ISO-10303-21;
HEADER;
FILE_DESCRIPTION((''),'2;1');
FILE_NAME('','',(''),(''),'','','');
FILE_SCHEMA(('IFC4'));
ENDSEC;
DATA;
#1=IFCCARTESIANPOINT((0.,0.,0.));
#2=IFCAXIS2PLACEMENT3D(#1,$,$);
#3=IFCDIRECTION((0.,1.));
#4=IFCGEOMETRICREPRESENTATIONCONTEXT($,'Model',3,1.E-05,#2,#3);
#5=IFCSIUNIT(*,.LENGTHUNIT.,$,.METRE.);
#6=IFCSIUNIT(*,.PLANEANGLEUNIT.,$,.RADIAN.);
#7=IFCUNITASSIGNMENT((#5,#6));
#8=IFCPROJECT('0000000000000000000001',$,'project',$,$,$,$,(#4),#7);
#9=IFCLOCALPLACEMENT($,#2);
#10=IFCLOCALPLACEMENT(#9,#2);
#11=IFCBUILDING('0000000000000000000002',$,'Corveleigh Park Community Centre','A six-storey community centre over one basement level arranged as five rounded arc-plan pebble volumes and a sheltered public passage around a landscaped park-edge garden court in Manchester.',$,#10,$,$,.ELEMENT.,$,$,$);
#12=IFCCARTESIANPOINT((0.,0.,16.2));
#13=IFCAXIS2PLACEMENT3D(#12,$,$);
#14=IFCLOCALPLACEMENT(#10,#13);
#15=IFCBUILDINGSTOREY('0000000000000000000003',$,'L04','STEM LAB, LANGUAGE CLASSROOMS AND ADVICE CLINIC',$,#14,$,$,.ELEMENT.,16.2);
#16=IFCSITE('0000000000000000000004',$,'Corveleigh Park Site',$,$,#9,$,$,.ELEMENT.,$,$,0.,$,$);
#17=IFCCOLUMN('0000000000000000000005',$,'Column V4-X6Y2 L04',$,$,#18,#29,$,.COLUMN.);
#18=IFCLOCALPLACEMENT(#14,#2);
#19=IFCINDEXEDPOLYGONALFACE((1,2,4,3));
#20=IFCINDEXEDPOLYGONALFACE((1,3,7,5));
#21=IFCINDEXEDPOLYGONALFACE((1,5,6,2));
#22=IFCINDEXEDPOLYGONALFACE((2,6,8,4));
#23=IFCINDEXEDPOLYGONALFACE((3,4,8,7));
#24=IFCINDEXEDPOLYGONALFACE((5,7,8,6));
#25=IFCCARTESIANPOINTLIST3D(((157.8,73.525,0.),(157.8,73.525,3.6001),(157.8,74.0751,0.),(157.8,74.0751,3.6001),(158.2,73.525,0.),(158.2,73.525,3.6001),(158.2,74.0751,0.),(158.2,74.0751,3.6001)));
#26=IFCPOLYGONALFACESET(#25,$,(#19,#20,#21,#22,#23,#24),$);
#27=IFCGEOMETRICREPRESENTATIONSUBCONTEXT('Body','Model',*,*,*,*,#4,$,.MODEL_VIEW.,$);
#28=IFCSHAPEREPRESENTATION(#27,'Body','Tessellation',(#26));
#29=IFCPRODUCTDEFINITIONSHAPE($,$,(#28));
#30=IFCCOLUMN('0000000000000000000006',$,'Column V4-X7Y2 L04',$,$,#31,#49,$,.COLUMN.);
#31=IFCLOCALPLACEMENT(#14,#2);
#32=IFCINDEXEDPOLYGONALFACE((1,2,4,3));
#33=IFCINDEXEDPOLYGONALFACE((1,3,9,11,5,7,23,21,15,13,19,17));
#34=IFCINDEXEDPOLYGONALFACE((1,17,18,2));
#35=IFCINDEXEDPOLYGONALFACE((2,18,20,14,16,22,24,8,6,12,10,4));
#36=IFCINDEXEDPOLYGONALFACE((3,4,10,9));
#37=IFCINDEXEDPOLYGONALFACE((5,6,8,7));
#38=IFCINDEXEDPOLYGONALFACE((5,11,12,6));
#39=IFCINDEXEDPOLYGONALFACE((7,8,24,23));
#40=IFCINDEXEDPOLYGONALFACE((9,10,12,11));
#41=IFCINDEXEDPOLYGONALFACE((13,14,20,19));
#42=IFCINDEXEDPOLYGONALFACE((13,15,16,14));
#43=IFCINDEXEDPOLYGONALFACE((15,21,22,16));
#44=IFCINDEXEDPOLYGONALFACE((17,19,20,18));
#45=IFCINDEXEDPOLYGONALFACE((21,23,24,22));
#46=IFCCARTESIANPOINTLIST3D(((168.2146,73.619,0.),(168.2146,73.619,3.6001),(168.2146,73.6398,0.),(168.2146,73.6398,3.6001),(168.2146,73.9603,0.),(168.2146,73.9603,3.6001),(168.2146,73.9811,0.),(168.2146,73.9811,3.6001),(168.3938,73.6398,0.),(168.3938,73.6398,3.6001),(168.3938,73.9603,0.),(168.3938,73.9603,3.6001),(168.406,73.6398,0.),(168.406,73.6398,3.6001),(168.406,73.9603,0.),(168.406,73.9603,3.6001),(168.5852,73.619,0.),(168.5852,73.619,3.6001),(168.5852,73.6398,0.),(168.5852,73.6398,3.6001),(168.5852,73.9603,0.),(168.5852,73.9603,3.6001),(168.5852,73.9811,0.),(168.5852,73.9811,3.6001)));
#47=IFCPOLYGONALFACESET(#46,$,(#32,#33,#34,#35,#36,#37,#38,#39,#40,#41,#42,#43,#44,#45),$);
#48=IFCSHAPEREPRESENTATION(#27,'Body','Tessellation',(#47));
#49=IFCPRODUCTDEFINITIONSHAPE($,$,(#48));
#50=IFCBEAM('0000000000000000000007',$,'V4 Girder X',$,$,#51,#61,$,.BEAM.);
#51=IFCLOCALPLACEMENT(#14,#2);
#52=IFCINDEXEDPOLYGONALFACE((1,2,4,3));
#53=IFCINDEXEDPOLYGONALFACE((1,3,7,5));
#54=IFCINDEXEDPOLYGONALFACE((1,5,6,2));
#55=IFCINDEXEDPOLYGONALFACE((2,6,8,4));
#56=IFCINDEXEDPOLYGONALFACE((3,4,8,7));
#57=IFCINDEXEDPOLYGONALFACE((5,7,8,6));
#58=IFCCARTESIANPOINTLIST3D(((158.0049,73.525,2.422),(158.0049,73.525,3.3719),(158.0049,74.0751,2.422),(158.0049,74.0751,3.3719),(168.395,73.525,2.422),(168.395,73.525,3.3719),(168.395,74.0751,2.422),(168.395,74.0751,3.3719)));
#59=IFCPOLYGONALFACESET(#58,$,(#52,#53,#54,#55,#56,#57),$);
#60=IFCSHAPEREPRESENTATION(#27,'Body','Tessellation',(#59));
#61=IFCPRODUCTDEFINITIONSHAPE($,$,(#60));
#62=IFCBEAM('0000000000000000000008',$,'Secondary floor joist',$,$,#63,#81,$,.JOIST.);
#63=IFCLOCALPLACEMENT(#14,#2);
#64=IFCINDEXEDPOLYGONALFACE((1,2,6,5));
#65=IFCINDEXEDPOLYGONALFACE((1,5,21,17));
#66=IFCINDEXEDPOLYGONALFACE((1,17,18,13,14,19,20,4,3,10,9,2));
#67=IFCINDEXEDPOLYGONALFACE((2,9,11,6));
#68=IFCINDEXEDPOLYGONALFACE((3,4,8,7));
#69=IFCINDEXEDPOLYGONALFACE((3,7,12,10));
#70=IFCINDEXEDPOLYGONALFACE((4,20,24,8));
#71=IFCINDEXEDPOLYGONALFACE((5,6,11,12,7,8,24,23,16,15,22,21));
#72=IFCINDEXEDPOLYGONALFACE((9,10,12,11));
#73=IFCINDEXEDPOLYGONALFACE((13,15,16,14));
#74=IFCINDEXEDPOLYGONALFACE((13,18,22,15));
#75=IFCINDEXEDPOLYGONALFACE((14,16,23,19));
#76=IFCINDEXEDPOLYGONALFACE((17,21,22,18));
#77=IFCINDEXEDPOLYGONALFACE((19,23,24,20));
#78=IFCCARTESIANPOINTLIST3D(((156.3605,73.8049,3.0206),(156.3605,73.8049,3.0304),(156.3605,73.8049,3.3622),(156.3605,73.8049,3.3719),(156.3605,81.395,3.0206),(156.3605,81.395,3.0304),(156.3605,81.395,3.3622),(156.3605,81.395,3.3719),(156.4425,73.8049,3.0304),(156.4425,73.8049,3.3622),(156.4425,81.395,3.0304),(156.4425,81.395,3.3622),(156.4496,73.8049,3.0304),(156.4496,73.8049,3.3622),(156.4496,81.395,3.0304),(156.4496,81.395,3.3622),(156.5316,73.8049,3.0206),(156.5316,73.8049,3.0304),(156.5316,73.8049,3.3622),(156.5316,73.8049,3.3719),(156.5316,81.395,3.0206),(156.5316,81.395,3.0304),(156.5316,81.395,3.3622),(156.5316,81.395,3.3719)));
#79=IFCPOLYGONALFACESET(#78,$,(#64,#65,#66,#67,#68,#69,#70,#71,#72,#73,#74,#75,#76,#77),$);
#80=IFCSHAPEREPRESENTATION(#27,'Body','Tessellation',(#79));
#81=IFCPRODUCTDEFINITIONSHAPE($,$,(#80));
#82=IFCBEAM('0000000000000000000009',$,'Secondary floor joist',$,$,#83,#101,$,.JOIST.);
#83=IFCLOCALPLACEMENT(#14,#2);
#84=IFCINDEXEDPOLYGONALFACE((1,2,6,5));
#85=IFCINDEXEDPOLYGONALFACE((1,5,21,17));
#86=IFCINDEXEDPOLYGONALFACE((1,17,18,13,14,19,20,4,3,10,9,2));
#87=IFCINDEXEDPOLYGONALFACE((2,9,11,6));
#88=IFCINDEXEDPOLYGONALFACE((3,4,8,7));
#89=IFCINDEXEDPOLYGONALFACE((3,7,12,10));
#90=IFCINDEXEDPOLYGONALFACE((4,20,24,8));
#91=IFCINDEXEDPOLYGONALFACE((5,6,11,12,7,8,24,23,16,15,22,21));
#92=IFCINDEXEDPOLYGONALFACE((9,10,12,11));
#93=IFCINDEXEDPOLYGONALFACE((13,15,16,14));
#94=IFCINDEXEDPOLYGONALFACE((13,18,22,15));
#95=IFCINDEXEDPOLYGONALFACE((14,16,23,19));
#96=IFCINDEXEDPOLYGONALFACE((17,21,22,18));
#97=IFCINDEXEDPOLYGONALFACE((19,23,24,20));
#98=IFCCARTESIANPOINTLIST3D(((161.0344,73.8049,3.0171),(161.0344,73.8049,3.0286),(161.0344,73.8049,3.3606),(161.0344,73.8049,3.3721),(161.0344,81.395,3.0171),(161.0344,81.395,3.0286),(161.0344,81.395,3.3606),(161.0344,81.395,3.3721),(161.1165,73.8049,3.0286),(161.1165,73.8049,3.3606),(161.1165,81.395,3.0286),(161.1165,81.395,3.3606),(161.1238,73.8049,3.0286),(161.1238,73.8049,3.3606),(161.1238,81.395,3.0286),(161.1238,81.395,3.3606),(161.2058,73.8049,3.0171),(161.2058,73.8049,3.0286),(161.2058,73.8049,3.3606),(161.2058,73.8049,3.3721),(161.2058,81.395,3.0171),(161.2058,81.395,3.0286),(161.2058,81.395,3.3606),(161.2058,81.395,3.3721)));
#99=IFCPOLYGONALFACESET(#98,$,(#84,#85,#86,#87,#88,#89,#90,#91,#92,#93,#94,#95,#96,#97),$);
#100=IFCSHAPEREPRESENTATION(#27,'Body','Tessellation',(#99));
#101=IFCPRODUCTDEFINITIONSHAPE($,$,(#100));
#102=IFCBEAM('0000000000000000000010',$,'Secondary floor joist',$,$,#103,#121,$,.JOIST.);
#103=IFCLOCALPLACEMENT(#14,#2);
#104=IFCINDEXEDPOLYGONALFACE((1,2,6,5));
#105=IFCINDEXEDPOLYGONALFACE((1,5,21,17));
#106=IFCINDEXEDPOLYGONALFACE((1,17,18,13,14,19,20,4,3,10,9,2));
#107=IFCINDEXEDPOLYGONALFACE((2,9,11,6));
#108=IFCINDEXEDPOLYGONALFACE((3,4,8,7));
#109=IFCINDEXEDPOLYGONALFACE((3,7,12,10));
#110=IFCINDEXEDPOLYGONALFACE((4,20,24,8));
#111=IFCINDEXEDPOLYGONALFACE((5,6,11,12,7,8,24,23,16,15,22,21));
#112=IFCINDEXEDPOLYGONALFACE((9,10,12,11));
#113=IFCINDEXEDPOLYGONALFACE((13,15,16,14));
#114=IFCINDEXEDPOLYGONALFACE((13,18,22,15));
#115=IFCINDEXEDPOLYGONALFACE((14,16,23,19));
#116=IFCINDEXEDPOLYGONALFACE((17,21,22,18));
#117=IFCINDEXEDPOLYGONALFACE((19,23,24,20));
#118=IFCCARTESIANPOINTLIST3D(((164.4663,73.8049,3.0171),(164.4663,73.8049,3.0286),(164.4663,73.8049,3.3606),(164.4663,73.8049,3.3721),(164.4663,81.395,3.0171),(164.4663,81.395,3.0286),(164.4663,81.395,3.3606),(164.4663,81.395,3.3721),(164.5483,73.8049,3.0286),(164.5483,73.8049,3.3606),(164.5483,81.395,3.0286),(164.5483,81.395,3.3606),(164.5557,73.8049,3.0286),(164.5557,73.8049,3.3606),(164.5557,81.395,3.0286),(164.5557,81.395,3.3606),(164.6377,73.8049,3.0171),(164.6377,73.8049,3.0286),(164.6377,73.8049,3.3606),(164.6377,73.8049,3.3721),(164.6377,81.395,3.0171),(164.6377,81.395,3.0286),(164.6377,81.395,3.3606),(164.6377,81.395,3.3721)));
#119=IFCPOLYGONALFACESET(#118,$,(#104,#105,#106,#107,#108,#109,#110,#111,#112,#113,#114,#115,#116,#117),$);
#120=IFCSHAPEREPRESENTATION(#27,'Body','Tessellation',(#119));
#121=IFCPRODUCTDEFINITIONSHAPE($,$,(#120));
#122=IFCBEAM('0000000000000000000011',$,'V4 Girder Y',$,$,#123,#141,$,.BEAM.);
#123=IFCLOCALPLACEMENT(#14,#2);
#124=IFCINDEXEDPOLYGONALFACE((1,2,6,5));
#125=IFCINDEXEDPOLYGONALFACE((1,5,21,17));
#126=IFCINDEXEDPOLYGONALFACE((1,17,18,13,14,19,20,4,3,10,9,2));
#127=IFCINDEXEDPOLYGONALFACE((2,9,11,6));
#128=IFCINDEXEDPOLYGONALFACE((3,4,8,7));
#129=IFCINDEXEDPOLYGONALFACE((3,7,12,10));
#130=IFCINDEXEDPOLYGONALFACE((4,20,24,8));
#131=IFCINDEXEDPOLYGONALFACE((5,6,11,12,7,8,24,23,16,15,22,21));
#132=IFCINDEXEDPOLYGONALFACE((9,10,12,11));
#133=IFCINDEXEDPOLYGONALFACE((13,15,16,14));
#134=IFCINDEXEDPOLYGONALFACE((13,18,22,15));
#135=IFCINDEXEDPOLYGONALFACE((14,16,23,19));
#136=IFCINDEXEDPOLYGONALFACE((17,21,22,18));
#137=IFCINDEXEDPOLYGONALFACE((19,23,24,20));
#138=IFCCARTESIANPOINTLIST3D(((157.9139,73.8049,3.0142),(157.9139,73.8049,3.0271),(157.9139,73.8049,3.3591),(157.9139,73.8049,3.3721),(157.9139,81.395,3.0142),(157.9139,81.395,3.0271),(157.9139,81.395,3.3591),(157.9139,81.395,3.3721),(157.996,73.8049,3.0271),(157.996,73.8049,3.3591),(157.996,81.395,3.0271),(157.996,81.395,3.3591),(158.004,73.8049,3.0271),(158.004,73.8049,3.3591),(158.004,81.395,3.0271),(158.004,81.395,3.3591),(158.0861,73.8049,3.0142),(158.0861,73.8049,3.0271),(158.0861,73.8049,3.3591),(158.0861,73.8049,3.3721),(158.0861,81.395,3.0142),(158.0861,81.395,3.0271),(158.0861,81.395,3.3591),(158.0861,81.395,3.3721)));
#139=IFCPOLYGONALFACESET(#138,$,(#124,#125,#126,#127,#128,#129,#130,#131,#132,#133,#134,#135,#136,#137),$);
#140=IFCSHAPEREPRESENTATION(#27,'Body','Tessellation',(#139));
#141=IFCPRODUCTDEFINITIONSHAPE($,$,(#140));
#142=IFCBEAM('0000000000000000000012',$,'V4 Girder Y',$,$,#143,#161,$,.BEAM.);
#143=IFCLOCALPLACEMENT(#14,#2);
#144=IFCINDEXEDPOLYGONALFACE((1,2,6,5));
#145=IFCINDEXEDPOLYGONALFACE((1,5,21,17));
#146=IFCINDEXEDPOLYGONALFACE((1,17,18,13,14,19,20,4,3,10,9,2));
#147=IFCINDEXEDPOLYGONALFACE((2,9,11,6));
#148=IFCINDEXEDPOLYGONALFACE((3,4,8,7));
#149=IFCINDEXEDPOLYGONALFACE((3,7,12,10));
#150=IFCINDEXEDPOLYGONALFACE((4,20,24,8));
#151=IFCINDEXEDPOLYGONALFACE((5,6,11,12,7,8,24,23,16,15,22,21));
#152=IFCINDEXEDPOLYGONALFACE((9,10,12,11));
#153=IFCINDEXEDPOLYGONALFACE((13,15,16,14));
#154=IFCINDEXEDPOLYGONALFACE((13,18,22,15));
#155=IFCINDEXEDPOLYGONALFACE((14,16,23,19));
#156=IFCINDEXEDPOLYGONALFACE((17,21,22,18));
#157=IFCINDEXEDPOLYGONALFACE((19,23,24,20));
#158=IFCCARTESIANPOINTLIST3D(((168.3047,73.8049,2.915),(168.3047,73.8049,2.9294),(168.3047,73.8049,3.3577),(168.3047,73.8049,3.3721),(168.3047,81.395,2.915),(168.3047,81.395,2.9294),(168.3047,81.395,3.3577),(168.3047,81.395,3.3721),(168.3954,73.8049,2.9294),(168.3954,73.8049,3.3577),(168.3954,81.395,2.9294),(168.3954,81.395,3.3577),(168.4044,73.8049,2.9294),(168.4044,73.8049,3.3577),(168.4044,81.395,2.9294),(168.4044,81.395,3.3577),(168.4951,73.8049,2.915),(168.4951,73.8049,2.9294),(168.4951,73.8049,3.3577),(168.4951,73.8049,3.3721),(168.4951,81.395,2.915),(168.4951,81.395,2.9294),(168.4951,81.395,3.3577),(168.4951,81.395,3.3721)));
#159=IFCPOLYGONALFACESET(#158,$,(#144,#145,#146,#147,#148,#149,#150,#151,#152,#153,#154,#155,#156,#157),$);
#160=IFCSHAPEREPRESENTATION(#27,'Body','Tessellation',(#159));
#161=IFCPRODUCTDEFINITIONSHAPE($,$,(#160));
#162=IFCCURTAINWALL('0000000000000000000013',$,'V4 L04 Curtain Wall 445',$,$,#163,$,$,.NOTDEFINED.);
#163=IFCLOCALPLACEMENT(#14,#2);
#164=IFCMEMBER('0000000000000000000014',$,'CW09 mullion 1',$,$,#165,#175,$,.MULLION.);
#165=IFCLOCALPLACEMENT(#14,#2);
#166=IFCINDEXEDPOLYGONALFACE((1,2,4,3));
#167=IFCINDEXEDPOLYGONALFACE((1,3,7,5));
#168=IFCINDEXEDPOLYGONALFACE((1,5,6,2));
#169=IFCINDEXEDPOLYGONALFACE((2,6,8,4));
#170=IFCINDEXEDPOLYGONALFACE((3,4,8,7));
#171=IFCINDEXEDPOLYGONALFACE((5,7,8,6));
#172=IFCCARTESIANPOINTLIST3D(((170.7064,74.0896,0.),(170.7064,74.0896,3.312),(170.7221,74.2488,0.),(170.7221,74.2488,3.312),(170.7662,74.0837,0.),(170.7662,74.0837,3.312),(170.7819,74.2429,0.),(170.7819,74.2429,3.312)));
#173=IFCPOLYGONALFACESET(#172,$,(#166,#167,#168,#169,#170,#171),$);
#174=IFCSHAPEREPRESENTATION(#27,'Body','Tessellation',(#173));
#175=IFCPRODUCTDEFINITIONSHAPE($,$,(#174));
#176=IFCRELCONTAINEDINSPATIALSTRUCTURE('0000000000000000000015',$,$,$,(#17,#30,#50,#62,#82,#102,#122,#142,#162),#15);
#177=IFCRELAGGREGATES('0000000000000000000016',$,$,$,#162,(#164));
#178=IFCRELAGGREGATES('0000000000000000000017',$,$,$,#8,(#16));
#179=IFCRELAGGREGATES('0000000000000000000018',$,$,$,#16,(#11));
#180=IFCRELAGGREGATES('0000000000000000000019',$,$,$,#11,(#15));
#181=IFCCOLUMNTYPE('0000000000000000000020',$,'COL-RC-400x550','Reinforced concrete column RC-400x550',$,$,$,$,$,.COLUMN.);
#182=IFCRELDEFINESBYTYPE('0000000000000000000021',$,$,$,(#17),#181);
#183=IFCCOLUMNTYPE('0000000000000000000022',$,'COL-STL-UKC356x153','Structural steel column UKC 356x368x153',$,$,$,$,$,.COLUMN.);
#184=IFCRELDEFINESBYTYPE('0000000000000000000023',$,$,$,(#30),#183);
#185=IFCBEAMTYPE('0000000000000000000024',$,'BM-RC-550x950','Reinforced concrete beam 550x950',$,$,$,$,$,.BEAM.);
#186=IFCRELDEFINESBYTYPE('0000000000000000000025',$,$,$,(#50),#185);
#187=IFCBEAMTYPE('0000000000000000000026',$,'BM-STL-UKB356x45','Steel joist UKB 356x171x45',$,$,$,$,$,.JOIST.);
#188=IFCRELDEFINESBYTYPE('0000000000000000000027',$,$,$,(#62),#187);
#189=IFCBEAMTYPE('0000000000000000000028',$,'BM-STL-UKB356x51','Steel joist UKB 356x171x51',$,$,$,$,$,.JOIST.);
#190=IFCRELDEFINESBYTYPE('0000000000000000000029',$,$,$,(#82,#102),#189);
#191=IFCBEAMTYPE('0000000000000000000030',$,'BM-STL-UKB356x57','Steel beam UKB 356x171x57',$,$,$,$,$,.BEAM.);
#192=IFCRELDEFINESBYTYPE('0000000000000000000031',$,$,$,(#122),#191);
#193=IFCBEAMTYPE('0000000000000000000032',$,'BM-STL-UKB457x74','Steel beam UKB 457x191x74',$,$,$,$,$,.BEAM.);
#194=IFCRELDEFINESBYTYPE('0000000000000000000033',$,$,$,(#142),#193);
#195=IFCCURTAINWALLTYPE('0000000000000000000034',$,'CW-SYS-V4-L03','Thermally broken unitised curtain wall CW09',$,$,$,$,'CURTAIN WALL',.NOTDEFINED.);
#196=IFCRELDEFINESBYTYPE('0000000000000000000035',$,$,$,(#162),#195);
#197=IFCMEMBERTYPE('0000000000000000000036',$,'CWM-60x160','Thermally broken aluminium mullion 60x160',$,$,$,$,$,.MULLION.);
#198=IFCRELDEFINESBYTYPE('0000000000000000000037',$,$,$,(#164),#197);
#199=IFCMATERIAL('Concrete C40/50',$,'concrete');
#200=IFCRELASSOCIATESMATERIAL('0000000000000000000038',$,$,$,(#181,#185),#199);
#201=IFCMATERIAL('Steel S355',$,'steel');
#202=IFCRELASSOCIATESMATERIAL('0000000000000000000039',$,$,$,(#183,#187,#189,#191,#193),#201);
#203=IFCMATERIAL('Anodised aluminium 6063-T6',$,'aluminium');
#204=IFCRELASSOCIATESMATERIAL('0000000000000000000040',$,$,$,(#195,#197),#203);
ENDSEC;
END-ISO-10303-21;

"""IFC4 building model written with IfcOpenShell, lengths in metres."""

from ifc_helpers import new_model, si_unit, direction, frame, origin, origin_2d, place, context, subcontext, project, spatial, rectangle, i_section, extrude, material, material_profile, profile_set, type_object, element, aggregate, save


model = new_model("IFC4")

# Units and contexts
model_context = context("Model", 3, precision=1e-05, world=origin(), true_north=direction((0.0, 1.0)))
body_context = subcontext(model_context, "Body", "Model", "MODEL_VIEW")
ifc_project = project(units=[si_unit("LENGTHUNIT", "METRE"), si_unit("PLANEANGLEUNIT", "RADIAN")], contexts=[model_context])

# Site, building, storey
site_placement = place(None, origin())
site = spatial("IfcSite", under=ifc_project, at=site_placement, Name="Corveleigh Park Site", CompositionType="ELEMENT", RefElevation=0.0)
building_placement = place(site_placement, origin())
building = spatial("IfcBuilding", under=site, at=building_placement, Name="Corveleigh Park Community Centre", Description="A six-storey community centre over one basement level arranged as five rounded arc-plan pebble volumes and a sheltered public passage around a landscaped park-edge garden court in Manchester.", CompositionType="ELEMENT")
storey_placement = place(building_placement, frame((0.0, 0.0, 16.2)))
storey = spatial("IfcBuildingStorey", under=building, at=storey_placement, Name="L04", Description="STEM LAB, LANGUAGE CLASSROOMS AND ADVICE CLINIC", CompositionType="ELEMENT", Elevation=16.2)

# Columns
ifc_material_1 = material(Name="Concrete C40/50", Category="concrete")
ifc_material_profile_1 = material_profile(ifc_material_1, rectangle(XDim=0.3999, YDim=0.55, at=origin_2d()), Name="RC-400x550", Category="concrete")
ifc_profile_set_1 = profile_set([ifc_material_profile_1], Name="Concrete C40/50")
column_type_1 = type_object("IfcColumnType", Name="COL-RC-400x550", Description="Reinforced concrete column RC-400x550", PredefinedType="COLUMN", material=ifc_profile_set_1)
column_1_placement = place(storey_placement, frame((158.0, 73.8, 0.0), z_axis=(0.0, 0.0, 1.0), x_axis=(1.0, 0.0, 0.0)))
element("IfcColumn", 1, at=column_1_placement, inside=storey, type_object=column_type_1, Name="Column V4-X6Y2 L04", PredefinedType="COLUMN", context=body_context, shape_type="SweptSolid", body=[
    extrude(rectangle(XDim=0.3999, YDim=0.55, at=origin_2d()), origin(), (0.0, 0.0, 1.0), 3.6001),
])
ifc_material_2 = material(Name="Steel S355", Category="steel")
ifc_material_profile_2 = material_profile(ifc_material_2, i_section(OverallWidth=0.3706, OverallDepth=0.3621, WebThickness=0.0122, FlangeThickness=0.0208, at=origin_2d()), Name="UKC 356x368x153", Category="steel")
ifc_profile_set_2 = profile_set([ifc_material_profile_2], Name="Steel S355")
column_type_2 = type_object("IfcColumnType", Name="COL-STL-UKC356x153", Description="Structural steel column UKC 356x368x153", PredefinedType="COLUMN", material=ifc_profile_set_2)
column_2_placement = place(storey_placement, frame((168.3999, 73.8, 0.0), z_axis=(0.0, 0.0, 1.0), x_axis=(1.0, 0.0, 0.0)))
element("IfcColumn", 2, at=column_2_placement, inside=storey, type_object=column_type_2, Name="Column V4-X7Y2 L04", PredefinedType="COLUMN", context=body_context, shape_type="SweptSolid", body=[
    extrude(i_section(OverallWidth=0.3706, OverallDepth=0.3621, WebThickness=0.0122, FlangeThickness=0.0208, at=origin_2d()), origin(), (0.0, 0.0, 1.0), 3.6001),
])

# Beams
ifc_material_profile_3 = material_profile(ifc_material_1, rectangle(XDim=0.55, YDim=0.95, at=origin_2d()), Name="RC-550x950", Category="concrete")
ifc_profile_set_3 = profile_set([ifc_material_profile_3], Name="Concrete C40/50")
beam_type_1 = type_object("IfcBeamType", Name="BM-RC-550x950", Description="Reinforced concrete beam 550x950", PredefinedType="BEAM", material=ifc_profile_set_3)
beam_1_placement = place(storey_placement, frame((158.0049, 73.8, 2.897), z_axis=(1.0, 0.0, 0.0), x_axis=(0.0, 1.0, 0.0)))
element("IfcBeam", 3, at=beam_1_placement, inside=storey, type_object=beam_type_1, Name="V4 Girder X", PredefinedType="BEAM", context=body_context, shape_type="SweptSolid", body=[
    extrude(rectangle(XDim=0.55, YDim=0.95, at=origin_2d()), origin(), (0.0, 0.0, 1.0), 10.3901),
])
ifc_material_profile_4 = material_profile(ifc_material_2, i_section(OverallWidth=0.1711, OverallDepth=0.3513, WebThickness=0.0071, FlangeThickness=0.0098, at=origin_2d()), Name="UKB 356x171x45", Category="steel")
ifc_profile_set_4 = profile_set([ifc_material_profile_4], Name="Steel S355")
beam_type_2 = type_object("IfcBeamType", Name="BM-STL-UKB356x45", Description="Steel joist UKB 356x171x45", PredefinedType="JOIST", material=ifc_profile_set_4)
beam_2_placement = place(storey_placement, frame((156.446, 73.8049, 3.1963), z_axis=(0.0, 1.0, 0.0), x_axis=(-1.0, 0.0, 0.0)))
element("IfcBeam", 4, at=beam_2_placement, inside=storey, type_object=beam_type_2, Name="Secondary floor joist", PredefinedType="JOIST", context=body_context, shape_type="SweptSolid", body=[
    extrude(i_section(OverallWidth=0.1711, OverallDepth=0.3513, WebThickness=0.0071, FlangeThickness=0.0098, at=origin_2d()), origin(), (0.0, 0.0, 1.0), 7.5901),
])
ifc_material_profile_5 = material_profile(ifc_material_2, i_section(OverallWidth=0.1714, OverallDepth=0.355, WebThickness=0.0073, FlangeThickness=0.0115, at=origin_2d()), Name="UKB 356x171x51", Category="steel")
ifc_profile_set_5 = profile_set([ifc_material_profile_5], Name="Steel S355")
beam_type_3 = type_object("IfcBeamType", Name="BM-STL-UKB356x51", Description="Steel joist UKB 356x171x51", PredefinedType="JOIST", material=ifc_profile_set_5)
for number, where, z_axis, x_axis, name in (
    (5, (161.1201, 73.8049, 3.1946), (0.0, 1.0, 0.0), (-1.0, 0.0, 0.0), "Secondary floor joist"),
    (6, (164.552, 73.8049, 3.1946), (0.0, 1.0, 0.0), (-1.0, 0.0, 0.0), "Secondary floor joist"),
):
    element("IfcBeam", number, at=place(storey_placement, frame(where, z_axis=z_axis, x_axis=x_axis)), inside=storey, type_object=beam_type_3, Name=name, PredefinedType="JOIST", context=body_context, shape_type="SweptSolid", body=[
        extrude(i_section(OverallWidth=0.1714, OverallDepth=0.355, WebThickness=0.0073, FlangeThickness=0.0115, at=origin_2d()), origin(), (0.0, 0.0, 1.0), 7.5901),
    ])
ifc_material_profile_6 = material_profile(ifc_material_2, i_section(OverallWidth=0.1721, OverallDepth=0.3579, WebThickness=0.0081, FlangeThickness=0.0129, at=origin_2d()), Name="UKB 356x171x57", Category="steel")
ifc_profile_set_6 = profile_set([ifc_material_profile_6], Name="Steel S355")
beam_type_4 = type_object("IfcBeamType", Name="BM-STL-UKB356x57", Description="Steel beam UKB 356x171x57", PredefinedType="BEAM", material=ifc_profile_set_6)
beam_3_placement = place(storey_placement, frame((158.0, 73.8049, 3.1931), z_axis=(0.0, 1.0, 0.0), x_axis=(-1.0, 0.0, 0.0)))
element("IfcBeam", 7, at=beam_3_placement, inside=storey, type_object=beam_type_4, Name="V4 Girder Y", PredefinedType="BEAM", context=body_context, shape_type="SweptSolid", body=[
    extrude(i_section(OverallWidth=0.1721, OverallDepth=0.3579, WebThickness=0.0081, FlangeThickness=0.0129, at=origin_2d()), origin(), (0.0, 0.0, 1.0), 7.5901),
])
ifc_material_profile_7 = material_profile(ifc_material_2, i_section(OverallWidth=0.1904, OverallDepth=0.457, WebThickness=0.009, FlangeThickness=0.0144, at=origin_2d()), Name="UKB 457x191x74", Category="steel")
ifc_profile_set_7 = profile_set([ifc_material_profile_7], Name="Steel S355")
beam_type_5 = type_object("IfcBeamType", Name="BM-STL-UKB457x74", Description="Steel beam UKB 457x191x74", PredefinedType="BEAM", material=ifc_profile_set_7)
beam_4_placement = place(storey_placement, frame((168.3999, 73.8049, 3.1436), z_axis=(0.0, 1.0, 0.0), x_axis=(-1.0, 0.0, 0.0)))
element("IfcBeam", 8, at=beam_4_placement, inside=storey, type_object=beam_type_5, Name="V4 Girder Y", PredefinedType="BEAM", context=body_context, shape_type="SweptSolid", body=[
    extrude(i_section(OverallWidth=0.1904, OverallDepth=0.457, WebThickness=0.009, FlangeThickness=0.0144, at=origin_2d()), origin(), (0.0, 0.0, 1.0), 7.5901),
])

# Curtain wall, member
ifc_material_3 = material(Name="Anodised aluminium 6063-T6", Category="aluminium")
curtain_wall_type = type_object("IfcCurtainWallType", Name="CW-SYS-V4-L03", Description="Thermally broken unitised curtain wall CW09", ElementType="CURTAIN WALL", PredefinedType="NOTDEFINED", material=ifc_material_3)
curtain_wall_1_placement = place(storey_placement, origin())
curtain_wall_1 = element("IfcCurtainWall", 9, at=curtain_wall_1_placement, inside=storey, type_object=curtain_wall_type, Name="V4 L04 Curtain Wall 445", PredefinedType="NOTDEFINED")
ifc_material_profile_8 = material_profile(ifc_material_3, rectangle(XDim=0.0601, YDim=0.1599, at=origin_2d()), Name="ALU-M60x160", Category="aluminium")
ifc_profile_set_8 = profile_set([ifc_material_profile_8], Name="Anodised aluminium 6063-T6")
member_type_1 = type_object("IfcMemberType", Name="CWM-60x160", Description="Thermally broken aluminium mullion 60x160", PredefinedType="MULLION", material=ifc_profile_set_8)
member_1_placement = place(storey_placement, frame((170.7441, 74.1663, 0.0), z_axis=(0.0, 0.0, 1.0), x_axis=(0.995169, -0.098174, 0.0)))
member_1 = element("IfcMember", 10, at=member_1_placement, type_object=member_type_1, Name="CW09 mullion 1", PredefinedType="MULLION", context=body_context, shape_type="SweptSolid", body=[
    extrude(rectangle(XDim=0.0601, YDim=0.1599, at=origin_2d()), origin(), (0.0, 0.0, 1.0), 3.312),
])

aggregate(curtain_wall_1, [member_1])

save(model, "model.ifc")
